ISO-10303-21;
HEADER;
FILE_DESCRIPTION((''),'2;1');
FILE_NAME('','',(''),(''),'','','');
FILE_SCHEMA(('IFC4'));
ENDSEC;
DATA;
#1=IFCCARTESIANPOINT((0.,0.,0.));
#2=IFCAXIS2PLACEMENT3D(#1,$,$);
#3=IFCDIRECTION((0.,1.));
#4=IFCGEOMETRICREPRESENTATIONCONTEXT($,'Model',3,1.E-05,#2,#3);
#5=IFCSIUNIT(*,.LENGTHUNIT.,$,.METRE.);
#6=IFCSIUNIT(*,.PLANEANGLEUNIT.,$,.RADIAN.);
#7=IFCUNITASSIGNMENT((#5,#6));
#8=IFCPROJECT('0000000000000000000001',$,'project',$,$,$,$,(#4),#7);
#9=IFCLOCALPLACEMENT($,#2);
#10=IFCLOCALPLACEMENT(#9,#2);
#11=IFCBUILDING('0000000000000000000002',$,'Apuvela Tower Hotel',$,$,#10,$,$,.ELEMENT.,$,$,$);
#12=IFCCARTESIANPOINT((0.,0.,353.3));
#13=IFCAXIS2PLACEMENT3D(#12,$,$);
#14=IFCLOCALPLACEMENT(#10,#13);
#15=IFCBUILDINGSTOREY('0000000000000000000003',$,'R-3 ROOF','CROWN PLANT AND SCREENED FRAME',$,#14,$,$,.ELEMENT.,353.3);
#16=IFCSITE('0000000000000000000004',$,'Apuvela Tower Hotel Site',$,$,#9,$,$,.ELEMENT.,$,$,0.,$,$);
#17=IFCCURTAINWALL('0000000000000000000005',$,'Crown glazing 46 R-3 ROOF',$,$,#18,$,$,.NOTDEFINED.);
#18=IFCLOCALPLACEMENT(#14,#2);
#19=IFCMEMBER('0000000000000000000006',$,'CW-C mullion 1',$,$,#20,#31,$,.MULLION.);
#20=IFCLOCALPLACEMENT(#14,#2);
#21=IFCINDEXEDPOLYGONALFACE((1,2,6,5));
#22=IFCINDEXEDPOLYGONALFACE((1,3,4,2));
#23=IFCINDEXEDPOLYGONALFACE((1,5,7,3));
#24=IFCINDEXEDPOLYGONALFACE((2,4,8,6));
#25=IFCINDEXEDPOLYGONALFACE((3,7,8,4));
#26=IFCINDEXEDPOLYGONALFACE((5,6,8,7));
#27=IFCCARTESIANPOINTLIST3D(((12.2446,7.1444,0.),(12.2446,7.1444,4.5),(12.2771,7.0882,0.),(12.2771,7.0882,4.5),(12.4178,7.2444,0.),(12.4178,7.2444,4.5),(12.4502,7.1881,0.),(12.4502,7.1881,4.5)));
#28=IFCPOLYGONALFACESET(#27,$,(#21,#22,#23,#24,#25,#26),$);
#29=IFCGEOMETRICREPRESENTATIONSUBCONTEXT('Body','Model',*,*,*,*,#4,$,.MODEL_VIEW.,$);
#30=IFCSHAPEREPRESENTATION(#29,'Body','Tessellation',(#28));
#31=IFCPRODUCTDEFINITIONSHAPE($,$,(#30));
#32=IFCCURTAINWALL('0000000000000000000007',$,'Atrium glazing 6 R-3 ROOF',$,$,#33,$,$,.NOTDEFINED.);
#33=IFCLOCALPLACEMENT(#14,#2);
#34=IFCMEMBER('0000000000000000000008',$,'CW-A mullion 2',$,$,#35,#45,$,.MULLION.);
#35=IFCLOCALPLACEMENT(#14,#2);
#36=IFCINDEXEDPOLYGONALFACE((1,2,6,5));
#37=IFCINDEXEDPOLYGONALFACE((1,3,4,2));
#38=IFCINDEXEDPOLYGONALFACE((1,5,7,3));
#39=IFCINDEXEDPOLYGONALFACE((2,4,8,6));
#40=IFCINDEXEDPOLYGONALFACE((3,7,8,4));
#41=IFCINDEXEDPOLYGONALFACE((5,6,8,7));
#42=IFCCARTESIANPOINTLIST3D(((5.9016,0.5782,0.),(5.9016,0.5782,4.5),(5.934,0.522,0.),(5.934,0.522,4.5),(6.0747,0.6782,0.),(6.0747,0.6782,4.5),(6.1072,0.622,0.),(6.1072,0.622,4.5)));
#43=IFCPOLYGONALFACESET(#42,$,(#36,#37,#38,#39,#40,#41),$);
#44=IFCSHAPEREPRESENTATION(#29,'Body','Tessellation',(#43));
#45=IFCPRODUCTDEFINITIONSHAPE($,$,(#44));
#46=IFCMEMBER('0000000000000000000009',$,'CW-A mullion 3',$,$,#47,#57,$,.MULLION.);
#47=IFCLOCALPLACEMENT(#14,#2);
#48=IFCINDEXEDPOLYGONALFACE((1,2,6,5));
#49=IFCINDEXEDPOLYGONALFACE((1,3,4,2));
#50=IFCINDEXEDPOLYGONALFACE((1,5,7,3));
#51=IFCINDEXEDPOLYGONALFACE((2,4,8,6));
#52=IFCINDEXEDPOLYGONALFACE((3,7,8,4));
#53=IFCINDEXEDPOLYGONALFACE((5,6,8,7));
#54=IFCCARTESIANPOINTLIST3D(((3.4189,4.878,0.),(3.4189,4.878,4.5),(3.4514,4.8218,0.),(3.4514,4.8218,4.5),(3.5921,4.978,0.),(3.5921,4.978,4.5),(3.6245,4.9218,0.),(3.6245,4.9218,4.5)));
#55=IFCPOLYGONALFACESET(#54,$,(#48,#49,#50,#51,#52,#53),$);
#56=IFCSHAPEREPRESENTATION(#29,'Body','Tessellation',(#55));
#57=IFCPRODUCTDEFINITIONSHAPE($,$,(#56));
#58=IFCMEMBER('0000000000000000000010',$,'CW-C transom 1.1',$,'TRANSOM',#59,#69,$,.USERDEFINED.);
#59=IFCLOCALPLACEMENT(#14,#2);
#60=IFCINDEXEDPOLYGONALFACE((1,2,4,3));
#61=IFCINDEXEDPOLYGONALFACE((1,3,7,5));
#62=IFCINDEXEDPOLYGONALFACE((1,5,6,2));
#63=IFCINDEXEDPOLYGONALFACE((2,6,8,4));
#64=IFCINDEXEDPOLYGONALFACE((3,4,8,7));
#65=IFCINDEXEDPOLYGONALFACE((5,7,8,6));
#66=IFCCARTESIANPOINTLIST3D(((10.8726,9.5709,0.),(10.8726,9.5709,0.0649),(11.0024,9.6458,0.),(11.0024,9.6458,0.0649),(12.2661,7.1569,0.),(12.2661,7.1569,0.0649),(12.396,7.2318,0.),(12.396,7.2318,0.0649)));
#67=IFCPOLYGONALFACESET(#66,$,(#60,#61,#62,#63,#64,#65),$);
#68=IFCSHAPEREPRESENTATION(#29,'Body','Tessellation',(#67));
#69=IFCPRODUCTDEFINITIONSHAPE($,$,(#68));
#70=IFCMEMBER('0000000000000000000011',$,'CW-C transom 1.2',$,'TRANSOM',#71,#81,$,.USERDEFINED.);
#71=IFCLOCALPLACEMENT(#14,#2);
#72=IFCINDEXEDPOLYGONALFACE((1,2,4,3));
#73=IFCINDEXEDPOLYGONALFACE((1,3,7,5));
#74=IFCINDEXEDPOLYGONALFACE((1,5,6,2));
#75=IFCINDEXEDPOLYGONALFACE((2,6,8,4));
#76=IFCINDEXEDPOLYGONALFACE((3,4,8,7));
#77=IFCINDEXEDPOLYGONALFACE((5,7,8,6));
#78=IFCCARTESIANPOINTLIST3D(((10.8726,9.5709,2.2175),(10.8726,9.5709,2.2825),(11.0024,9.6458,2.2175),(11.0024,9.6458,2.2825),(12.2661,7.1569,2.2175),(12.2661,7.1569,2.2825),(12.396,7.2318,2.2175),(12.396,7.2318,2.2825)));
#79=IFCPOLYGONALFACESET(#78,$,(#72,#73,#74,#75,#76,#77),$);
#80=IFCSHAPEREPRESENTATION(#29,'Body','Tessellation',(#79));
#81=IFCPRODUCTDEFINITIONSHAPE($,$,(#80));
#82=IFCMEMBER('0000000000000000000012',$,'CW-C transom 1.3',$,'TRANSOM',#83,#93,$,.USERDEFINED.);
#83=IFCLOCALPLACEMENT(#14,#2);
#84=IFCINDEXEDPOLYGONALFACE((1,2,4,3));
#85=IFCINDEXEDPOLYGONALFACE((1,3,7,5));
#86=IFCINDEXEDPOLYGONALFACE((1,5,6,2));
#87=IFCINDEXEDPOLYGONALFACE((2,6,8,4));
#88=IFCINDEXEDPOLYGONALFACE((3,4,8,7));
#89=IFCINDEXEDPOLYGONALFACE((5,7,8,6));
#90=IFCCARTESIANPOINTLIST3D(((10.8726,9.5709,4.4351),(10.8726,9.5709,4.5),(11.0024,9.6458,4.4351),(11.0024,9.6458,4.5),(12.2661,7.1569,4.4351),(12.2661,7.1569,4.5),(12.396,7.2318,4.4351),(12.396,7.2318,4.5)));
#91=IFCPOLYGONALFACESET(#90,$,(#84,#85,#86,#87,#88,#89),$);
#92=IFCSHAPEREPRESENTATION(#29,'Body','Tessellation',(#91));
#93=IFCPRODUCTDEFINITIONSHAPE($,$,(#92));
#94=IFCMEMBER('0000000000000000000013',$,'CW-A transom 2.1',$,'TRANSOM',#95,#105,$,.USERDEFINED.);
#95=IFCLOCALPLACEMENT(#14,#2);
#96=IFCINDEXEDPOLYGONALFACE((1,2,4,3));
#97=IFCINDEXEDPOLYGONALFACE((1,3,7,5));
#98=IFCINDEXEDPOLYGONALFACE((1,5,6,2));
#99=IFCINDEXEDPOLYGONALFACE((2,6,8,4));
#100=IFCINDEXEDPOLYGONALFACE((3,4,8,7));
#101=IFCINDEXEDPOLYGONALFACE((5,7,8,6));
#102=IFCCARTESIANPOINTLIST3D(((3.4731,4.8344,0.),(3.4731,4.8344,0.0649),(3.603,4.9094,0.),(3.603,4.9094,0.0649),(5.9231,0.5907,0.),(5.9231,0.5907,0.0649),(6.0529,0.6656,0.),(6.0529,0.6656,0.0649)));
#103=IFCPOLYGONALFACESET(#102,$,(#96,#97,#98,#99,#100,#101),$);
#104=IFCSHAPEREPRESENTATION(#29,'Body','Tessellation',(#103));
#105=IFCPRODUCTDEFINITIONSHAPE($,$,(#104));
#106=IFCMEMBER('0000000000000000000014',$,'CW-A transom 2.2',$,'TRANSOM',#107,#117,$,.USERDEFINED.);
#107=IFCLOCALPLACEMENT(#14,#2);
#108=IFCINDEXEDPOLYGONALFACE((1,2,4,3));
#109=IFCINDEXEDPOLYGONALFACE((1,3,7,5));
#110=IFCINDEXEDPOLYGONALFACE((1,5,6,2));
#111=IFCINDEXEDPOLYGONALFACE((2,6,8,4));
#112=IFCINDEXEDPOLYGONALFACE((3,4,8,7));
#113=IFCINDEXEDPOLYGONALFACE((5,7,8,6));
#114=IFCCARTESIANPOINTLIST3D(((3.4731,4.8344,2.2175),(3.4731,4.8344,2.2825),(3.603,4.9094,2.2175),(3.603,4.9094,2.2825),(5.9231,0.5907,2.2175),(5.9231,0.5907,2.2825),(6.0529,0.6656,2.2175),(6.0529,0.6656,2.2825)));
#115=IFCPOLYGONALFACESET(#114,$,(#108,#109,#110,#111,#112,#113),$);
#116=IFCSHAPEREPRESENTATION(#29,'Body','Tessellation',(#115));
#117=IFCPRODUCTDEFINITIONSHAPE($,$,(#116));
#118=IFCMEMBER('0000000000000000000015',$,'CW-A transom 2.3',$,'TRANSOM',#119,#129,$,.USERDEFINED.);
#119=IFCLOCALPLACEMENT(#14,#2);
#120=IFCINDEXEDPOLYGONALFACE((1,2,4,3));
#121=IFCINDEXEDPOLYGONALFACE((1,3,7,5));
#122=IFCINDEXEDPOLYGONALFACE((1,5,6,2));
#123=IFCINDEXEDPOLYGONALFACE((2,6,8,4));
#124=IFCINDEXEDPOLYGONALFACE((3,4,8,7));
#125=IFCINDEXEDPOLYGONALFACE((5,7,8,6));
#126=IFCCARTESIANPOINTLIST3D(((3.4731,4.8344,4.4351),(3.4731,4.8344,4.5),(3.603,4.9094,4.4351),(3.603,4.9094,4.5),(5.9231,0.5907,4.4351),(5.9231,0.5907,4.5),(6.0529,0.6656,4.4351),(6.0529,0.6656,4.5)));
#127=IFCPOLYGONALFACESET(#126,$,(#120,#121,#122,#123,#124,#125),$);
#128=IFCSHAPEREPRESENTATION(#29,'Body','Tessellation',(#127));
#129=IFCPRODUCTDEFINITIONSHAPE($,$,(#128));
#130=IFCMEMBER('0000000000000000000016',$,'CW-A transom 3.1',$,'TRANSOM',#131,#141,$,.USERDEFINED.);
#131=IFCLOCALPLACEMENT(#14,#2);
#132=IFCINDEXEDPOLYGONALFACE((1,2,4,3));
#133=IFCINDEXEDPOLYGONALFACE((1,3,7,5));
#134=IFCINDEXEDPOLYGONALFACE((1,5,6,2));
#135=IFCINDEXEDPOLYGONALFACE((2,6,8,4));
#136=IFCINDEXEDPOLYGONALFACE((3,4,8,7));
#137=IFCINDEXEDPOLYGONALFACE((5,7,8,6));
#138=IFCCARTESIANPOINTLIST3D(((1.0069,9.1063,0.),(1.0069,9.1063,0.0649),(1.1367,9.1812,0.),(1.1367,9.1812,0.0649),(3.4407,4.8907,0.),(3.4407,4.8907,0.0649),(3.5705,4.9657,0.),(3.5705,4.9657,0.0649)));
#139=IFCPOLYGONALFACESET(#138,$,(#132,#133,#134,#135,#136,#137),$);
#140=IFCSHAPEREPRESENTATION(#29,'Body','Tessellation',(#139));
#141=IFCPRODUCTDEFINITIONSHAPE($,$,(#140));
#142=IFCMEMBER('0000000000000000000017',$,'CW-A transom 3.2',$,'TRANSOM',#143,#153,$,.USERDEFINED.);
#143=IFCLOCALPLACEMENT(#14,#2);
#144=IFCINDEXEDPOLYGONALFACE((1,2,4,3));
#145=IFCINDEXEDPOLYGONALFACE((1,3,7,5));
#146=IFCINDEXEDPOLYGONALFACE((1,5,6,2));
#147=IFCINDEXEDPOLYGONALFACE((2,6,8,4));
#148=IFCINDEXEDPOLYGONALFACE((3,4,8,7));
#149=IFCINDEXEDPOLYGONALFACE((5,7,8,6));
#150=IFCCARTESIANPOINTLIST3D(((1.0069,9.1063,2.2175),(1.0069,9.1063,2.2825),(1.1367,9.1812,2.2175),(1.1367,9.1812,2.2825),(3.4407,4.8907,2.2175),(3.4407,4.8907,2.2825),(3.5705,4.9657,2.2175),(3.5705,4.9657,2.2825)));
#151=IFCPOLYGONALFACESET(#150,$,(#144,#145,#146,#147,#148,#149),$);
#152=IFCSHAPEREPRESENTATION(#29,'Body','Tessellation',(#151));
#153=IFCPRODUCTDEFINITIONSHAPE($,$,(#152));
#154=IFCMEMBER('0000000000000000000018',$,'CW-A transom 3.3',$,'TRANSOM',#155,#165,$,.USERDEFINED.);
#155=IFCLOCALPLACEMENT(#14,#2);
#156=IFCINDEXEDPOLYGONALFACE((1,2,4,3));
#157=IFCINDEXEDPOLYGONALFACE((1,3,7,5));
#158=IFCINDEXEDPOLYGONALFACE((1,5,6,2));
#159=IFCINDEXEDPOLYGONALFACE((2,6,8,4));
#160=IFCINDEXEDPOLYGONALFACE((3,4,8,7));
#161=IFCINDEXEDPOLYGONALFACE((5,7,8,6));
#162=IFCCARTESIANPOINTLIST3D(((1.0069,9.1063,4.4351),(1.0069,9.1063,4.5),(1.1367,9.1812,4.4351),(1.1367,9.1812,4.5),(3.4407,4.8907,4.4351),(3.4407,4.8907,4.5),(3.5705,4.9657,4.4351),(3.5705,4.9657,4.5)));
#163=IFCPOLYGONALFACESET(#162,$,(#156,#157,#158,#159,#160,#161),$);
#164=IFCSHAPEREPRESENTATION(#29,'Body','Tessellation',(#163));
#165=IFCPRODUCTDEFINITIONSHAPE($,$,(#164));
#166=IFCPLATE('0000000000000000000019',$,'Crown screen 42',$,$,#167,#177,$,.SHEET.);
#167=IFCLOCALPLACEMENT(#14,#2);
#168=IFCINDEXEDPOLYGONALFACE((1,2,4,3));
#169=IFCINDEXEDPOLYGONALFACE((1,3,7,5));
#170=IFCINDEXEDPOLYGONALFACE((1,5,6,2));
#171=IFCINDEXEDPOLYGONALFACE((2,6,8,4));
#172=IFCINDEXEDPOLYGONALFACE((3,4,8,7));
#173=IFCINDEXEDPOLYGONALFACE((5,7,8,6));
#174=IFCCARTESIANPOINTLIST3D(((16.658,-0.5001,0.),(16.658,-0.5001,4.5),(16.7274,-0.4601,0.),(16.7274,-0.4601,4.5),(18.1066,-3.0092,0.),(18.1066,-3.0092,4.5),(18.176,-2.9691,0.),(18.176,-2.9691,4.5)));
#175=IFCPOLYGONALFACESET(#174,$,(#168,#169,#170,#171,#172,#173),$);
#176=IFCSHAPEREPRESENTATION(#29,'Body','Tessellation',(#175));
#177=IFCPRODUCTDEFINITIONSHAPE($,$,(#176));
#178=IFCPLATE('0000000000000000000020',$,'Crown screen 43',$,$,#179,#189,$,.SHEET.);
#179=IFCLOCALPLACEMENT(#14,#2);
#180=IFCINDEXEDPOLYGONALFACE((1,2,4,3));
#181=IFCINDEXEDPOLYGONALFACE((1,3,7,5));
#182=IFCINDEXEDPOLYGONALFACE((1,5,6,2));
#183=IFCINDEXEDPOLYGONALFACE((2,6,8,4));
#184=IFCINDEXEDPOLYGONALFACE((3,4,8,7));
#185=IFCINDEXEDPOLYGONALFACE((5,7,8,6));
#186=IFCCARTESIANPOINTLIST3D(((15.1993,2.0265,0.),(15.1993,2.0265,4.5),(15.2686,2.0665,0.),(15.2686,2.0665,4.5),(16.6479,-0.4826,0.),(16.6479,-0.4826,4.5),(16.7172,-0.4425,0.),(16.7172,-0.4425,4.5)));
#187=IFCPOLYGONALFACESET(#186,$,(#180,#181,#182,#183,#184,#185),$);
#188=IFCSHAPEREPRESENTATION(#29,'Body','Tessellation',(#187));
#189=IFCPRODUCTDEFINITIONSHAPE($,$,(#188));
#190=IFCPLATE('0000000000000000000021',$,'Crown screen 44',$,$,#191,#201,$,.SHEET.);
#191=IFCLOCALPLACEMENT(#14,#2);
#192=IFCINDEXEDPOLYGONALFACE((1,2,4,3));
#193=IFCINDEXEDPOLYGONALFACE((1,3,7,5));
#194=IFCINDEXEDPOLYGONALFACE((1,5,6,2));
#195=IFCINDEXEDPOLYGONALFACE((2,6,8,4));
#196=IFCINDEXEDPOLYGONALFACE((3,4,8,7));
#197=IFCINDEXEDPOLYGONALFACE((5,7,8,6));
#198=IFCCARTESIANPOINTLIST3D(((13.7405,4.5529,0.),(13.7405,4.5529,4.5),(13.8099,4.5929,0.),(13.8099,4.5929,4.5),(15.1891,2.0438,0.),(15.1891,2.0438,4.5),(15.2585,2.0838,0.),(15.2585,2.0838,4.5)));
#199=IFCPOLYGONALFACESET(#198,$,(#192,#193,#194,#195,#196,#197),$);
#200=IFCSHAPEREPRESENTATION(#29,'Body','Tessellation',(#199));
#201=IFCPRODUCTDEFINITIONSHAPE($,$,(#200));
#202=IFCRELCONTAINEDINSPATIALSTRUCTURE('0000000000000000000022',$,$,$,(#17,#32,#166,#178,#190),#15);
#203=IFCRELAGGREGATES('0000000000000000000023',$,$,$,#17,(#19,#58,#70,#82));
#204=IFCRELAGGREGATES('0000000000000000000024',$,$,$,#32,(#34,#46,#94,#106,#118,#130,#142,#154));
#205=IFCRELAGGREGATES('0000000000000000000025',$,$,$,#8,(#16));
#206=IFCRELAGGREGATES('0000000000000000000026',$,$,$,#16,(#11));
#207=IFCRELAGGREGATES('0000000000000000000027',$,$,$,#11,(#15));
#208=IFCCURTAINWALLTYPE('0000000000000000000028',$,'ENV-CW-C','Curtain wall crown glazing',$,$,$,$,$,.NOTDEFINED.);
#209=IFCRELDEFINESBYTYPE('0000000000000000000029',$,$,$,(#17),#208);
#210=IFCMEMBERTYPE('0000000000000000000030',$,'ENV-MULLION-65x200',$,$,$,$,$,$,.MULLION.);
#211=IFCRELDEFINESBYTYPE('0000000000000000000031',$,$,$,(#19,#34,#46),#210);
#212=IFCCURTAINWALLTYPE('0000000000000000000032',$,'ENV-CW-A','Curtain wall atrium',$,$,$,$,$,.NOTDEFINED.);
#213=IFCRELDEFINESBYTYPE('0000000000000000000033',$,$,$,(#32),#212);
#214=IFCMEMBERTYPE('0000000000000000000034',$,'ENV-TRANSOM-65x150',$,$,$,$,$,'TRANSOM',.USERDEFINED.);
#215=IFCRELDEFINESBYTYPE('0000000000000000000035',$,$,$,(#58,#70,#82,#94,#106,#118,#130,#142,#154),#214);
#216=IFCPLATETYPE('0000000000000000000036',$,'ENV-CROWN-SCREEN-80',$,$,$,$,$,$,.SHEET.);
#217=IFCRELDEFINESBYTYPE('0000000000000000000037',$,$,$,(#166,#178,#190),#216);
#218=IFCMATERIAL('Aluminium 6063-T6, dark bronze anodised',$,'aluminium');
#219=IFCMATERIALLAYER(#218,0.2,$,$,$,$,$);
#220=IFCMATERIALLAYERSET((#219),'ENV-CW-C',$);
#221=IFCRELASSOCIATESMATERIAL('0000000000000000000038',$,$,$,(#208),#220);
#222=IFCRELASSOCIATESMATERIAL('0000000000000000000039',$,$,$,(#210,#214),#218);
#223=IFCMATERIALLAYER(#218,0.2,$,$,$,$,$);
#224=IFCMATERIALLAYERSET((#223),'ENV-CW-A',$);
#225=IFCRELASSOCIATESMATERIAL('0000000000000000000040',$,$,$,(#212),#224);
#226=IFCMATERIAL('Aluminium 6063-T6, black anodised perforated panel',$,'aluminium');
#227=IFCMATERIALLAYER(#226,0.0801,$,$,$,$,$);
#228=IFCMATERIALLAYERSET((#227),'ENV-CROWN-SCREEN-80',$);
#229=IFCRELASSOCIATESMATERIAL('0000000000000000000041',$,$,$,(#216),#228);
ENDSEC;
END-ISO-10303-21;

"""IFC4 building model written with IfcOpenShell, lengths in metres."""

from ifc_helpers import new_model, si_unit, direction, frame, origin, origin_2d, place, context, subcontext, project, spatial, rectangle, extrude, material, layer, layer_set, material_profile, profile_set, type_object, element, aggregate, save


model = new_model("IFC4")

# Units and contexts
model_context = context("Model", 3, precision=1e-05, world=origin(), true_north=direction((0.0, 1.0)))
body_context = subcontext(model_context, "Body", "Model", "MODEL_VIEW")
ifc_project = project(units=[si_unit("LENGTHUNIT", "METRE"), si_unit("PLANEANGLEUNIT", "RADIAN")], contexts=[model_context])

# Site, building, storey
site_placement = place(None, origin())
site = spatial("IfcSite", under=ifc_project, at=site_placement, Name="Apuvela Tower Hotel Site", CompositionType="ELEMENT", RefElevation=0.0)
building_placement = place(site_placement, origin())
building = spatial("IfcBuilding", under=site, at=building_placement, Name="Apuvela Tower Hotel", CompositionType="ELEMENT")
storey_placement = place(building_placement, frame((0.0, 0.0, 353.3)))
storey = spatial("IfcBuildingStorey", under=building, at=storey_placement, Name="R-3 ROOF", Description="CROWN PLANT AND SCREENED FRAME", CompositionType="ELEMENT", Elevation=353.3)

# Curtain wall, member
ifc_material_1 = material(Name="Aluminium 6063-T6, dark bronze anodised", Category="aluminium")
ifc_layer_1 = layer(ifc_material_1, 0.2)
ifc_layer_set_1 = layer_set([ifc_layer_1], Name="ENV-CW-C")
curtain_wall_type_1 = type_object("IfcCurtainWallType", Name="ENV-CW-C", Description="Curtain wall crown glazing", PredefinedType="NOTDEFINED", material=ifc_layer_set_1)
curtain_wall_1_placement = place(storey_placement, origin())
curtain_wall_1 = element("IfcCurtainWall", 1, at=curtain_wall_1_placement, inside=storey, type_object=curtain_wall_type_1, Name="Crown glazing 46 R-3 ROOF", PredefinedType="NOTDEFINED")
ifc_material_profile_1 = material_profile(ifc_material_1, rectangle(XDim=0.2, YDim=0.0649, at=origin_2d()), Name="AL 65x200")
ifc_profile_set_1 = profile_set([ifc_material_profile_1], Name="Aluminium 6063-T6, dark bronze anodised")
member_type_1 = type_object("IfcMemberType", Name="ENV-MULLION-65x200", PredefinedType="MULLION", material=ifc_profile_set_1)
member_1_placement = place(storey_placement, frame((12.3474, 7.1663, 0.0), z_axis=(0.0, 0.0, 1.0), x_axis=(-0.866022, -0.500006, 0.0)))
member_1 = element("IfcMember", 2, at=member_1_placement, type_object=member_type_1, Name="CW-C mullion 1", PredefinedType="MULLION", context=body_context, shape_type="SweptSolid", body=[
    extrude(rectangle(XDim=0.2, YDim=0.0649, at=origin_2d()), origin(), (0.0, 0.0, 1.0), 4.5),
])

# Curtain wall, members
ifc_layer_2 = layer(ifc_material_1, 0.2)
ifc_layer_set_2 = layer_set([ifc_layer_2], Name="ENV-CW-A")
curtain_wall_type_2 = type_object("IfcCurtainWallType", Name="ENV-CW-A", Description="Curtain wall atrium", PredefinedType="NOTDEFINED", material=ifc_layer_set_2)
curtain_wall_2_placement = place(storey_placement, origin())
curtain_wall_2 = element("IfcCurtainWall", 3, at=curtain_wall_2_placement, inside=storey, type_object=curtain_wall_type_2, Name="Atrium glazing 6 R-3 ROOF", PredefinedType="NOTDEFINED")
member_2_placement = place(storey_placement, frame((6.0044, 0.6001, 0.0), z_axis=(0.0, 0.0, 1.0), x_axis=(-0.866026, -0.499999, 0.0)))
member_2 = element("IfcMember", 4, at=member_2_placement, type_object=member_type_1, Name="CW-A mullion 2", PredefinedType="MULLION", context=body_context, shape_type="SweptSolid", body=[
    extrude(rectangle(XDim=0.2, YDim=0.0649, at=origin_2d()), origin(), (0.0, 0.0, 1.0), 4.5),
])
member_3_placement = place(storey_placement, frame((3.5217, 4.8999, 0.0), z_axis=(0.0, 0.0, 1.0), x_axis=(-0.866026, -0.499999, 0.0)))
member_3 = element("IfcMember", 5, at=member_3_placement, type_object=member_type_1, Name="CW-A mullion 3", PredefinedType="MULLION", context=body_context, shape_type="SweptSolid", body=[
    extrude(rectangle(XDim=0.2, YDim=0.0649, at=origin_2d()), origin(), (0.0, 0.0, 1.0), 4.5),
])

# Members
ifc_material_profile_2 = material_profile(ifc_material_1, rectangle(XDim=0.1499, YDim=0.0649, at=origin_2d()), Name="AL 65x150 transom")
ifc_profile_set_2 = profile_set([ifc_material_profile_2], Name="Aluminium 6063-T6, dark bronze anodised")
member_type_2 = type_object("IfcMemberType", Name="ENV-TRANSOM-65x150", ElementType="TRANSOM", PredefinedType="USERDEFINED", material=ifc_profile_set_2)
member_4_placement = place(storey_placement, frame((12.3311, 7.1943, 0.0325), z_axis=(-0.499945, 0.866057, 0.0), x_axis=(-0.866057, -0.499945, 0.0)))
member_4 = element("IfcMember", 6, at=member_4_placement, type_object=member_type_2, Name="CW-C transom 1.1", ObjectType="TRANSOM", PredefinedType="USERDEFINED", context=body_context, shape_type="SweptSolid", body=[
    extrude(rectangle(XDim=0.1499, YDim=0.0649, at=origin_2d()), origin(), (0.0, 0.0, 1.0), 2.7874),
])
member_5_placement = place(storey_placement, frame((12.3311, 7.1943, 2.25), z_axis=(-0.499945, 0.866057, 0.0), x_axis=(-0.866057, -0.499945, 0.0)))
member_5 = element("IfcMember", 7, at=member_5_placement, type_object=member_type_2, Name="CW-C transom 1.2", ObjectType="TRANSOM", PredefinedType="USERDEFINED", context=body_context, shape_type="SweptSolid", body=[
    extrude(rectangle(XDim=0.1499, YDim=0.0649, at=origin_2d()), origin(), (0.0, 0.0, 1.0), 2.7874),
])
member_6_placement = place(storey_placement, frame((12.3311, 7.1943, 4.4675), z_axis=(-0.499945, 0.866057, 0.0), x_axis=(-0.866057, -0.499945, 0.0)))
member_6 = element("IfcMember", 8, at=member_6_placement, type_object=member_type_2, Name="CW-C transom 1.3", ObjectType="TRANSOM", PredefinedType="USERDEFINED", context=body_context, shape_type="SweptSolid", body=[
    extrude(rectangle(XDim=0.1499, YDim=0.0649, at=origin_2d()), origin(), (0.0, 0.0, 1.0), 2.7874),
])
aggregate(curtain_wall_1, [member_1, member_4, member_5, member_6])
member_7_placement = place(storey_placement, frame((5.988, 0.6282, 0.0325), z_axis=(-0.499981, 0.866036, 0.0), x_axis=(-0.866036, -0.499981, 0.0)))
member_7 = element("IfcMember", 9, at=member_7_placement, type_object=member_type_2, Name="CW-A transom 2.1", ObjectType="TRANSOM", PredefinedType="USERDEFINED", context=body_context, shape_type="SweptSolid", body=[
    extrude(rectangle(XDim=0.1499, YDim=0.0649, at=origin_2d()), origin(), (0.0, 0.0, 1.0), 4.9001),
])
member_8_placement = place(storey_placement, frame((5.988, 0.6282, 2.25), z_axis=(-0.499981, 0.866036, 0.0), x_axis=(-0.866036, -0.499981, 0.0)))
member_8 = element("IfcMember", 10, at=member_8_placement, type_object=member_type_2, Name="CW-A transom 2.2", ObjectType="TRANSOM", PredefinedType="USERDEFINED", context=body_context, shape_type="SweptSolid", body=[
    extrude(rectangle(XDim=0.1499, YDim=0.0649, at=origin_2d()), origin(), (0.0, 0.0, 1.0), 4.9001),
])
member_9_placement = place(storey_placement, frame((5.988, 0.6282, 4.4675), z_axis=(-0.499981, 0.866036, 0.0), x_axis=(-0.866036, -0.499981, 0.0)))
member_9 = element("IfcMember", 11, at=member_9_placement, type_object=member_type_2, Name="CW-A transom 2.3", ObjectType="TRANSOM", PredefinedType="USERDEFINED", context=body_context, shape_type="SweptSolid", body=[
    extrude(rectangle(XDim=0.1499, YDim=0.0649, at=origin_2d()), origin(), (0.0, 0.0, 1.0), 4.9001),
])
member_10_placement = place(storey_placement, frame((3.5056, 4.9282, 0.0325), z_axis=(-0.499996, 0.866028, 0.0), x_axis=(-0.866028, -0.499996, 0.0)))
member_10 = element("IfcMember", 12, at=member_10_placement, type_object=member_type_2, Name="CW-A transom 3.1", ObjectType="TRANSOM", PredefinedType="USERDEFINED", context=body_context, shape_type="SweptSolid", body=[
    extrude(rectangle(XDim=0.1499, YDim=0.0649, at=origin_2d()), origin(), (0.0, 0.0, 1.0), 4.8677),
])
member_11_placement = place(storey_placement, frame((3.5056, 4.9282, 2.25), z_axis=(-0.499996, 0.866028, 0.0), x_axis=(-0.866028, -0.499996, 0.0)))
member_11 = element("IfcMember", 13, at=member_11_placement, type_object=member_type_2, Name="CW-A transom 3.2", ObjectType="TRANSOM", PredefinedType="USERDEFINED", context=body_context, shape_type="SweptSolid", body=[
    extrude(rectangle(XDim=0.1499, YDim=0.0649, at=origin_2d()), origin(), (0.0, 0.0, 1.0), 4.8677),
])
member_12_placement = place(storey_placement, frame((3.5056, 4.9282, 4.4675), z_axis=(-0.499996, 0.866028, 0.0), x_axis=(-0.866028, -0.499996, 0.0)))
member_12 = element("IfcMember", 14, at=member_12_placement, type_object=member_type_2, Name="CW-A transom 3.3", ObjectType="TRANSOM", PredefinedType="USERDEFINED", context=body_context, shape_type="SweptSolid", body=[
    extrude(rectangle(XDim=0.1499, YDim=0.0649, at=origin_2d()), origin(), (0.0, 0.0, 1.0), 4.8677),
])

# Plates
ifc_material_2 = material(Name="Aluminium 6063-T6, black anodised perforated panel", Category="aluminium")
ifc_layer_3 = layer(ifc_material_2, 0.0801)
ifc_layer_set_3 = layer_set([ifc_layer_3], Name="ENV-CROWN-SCREEN-80")
plate_type_1 = type_object("IfcPlateType", Name="ENV-CROWN-SCREEN-80", PredefinedType="SHEET", material=ifc_layer_set_3)
for number, where, z_axis, x_axis, name in (
    (15, (17.417, -1.7346, 0.0), (0.0, 0.0, 1.0), (-0.5, 0.866025, 0.0), "Crown screen 42"),
    (16, (15.9583, 0.792, 0.0), (0.0, 0.0, 1.0), (-0.5, 0.866025, 0.0), "Crown screen 43"),
    (17, (14.4995, 3.3184, 0.0), (0.0, 0.0, 1.0), (-0.5, 0.866025, 0.0), "Crown screen 44"),
):
    element("IfcPlate", number, at=place(storey_placement, frame(where, z_axis=z_axis, x_axis=x_axis)), inside=storey, type_object=plate_type_1, Name=name, PredefinedType="SHEET", context=body_context, shape_type="SweptSolid", body=[
        extrude(rectangle(XDim=2.8972, YDim=0.0801, at=origin_2d()), origin(), (0.0, 0.0, 1.0), 4.5),
    ])

aggregate(curtain_wall_2, [member_2, member_3, member_7, member_8, member_9, member_10, member_11, member_12])

save(model, "model.ifc")
